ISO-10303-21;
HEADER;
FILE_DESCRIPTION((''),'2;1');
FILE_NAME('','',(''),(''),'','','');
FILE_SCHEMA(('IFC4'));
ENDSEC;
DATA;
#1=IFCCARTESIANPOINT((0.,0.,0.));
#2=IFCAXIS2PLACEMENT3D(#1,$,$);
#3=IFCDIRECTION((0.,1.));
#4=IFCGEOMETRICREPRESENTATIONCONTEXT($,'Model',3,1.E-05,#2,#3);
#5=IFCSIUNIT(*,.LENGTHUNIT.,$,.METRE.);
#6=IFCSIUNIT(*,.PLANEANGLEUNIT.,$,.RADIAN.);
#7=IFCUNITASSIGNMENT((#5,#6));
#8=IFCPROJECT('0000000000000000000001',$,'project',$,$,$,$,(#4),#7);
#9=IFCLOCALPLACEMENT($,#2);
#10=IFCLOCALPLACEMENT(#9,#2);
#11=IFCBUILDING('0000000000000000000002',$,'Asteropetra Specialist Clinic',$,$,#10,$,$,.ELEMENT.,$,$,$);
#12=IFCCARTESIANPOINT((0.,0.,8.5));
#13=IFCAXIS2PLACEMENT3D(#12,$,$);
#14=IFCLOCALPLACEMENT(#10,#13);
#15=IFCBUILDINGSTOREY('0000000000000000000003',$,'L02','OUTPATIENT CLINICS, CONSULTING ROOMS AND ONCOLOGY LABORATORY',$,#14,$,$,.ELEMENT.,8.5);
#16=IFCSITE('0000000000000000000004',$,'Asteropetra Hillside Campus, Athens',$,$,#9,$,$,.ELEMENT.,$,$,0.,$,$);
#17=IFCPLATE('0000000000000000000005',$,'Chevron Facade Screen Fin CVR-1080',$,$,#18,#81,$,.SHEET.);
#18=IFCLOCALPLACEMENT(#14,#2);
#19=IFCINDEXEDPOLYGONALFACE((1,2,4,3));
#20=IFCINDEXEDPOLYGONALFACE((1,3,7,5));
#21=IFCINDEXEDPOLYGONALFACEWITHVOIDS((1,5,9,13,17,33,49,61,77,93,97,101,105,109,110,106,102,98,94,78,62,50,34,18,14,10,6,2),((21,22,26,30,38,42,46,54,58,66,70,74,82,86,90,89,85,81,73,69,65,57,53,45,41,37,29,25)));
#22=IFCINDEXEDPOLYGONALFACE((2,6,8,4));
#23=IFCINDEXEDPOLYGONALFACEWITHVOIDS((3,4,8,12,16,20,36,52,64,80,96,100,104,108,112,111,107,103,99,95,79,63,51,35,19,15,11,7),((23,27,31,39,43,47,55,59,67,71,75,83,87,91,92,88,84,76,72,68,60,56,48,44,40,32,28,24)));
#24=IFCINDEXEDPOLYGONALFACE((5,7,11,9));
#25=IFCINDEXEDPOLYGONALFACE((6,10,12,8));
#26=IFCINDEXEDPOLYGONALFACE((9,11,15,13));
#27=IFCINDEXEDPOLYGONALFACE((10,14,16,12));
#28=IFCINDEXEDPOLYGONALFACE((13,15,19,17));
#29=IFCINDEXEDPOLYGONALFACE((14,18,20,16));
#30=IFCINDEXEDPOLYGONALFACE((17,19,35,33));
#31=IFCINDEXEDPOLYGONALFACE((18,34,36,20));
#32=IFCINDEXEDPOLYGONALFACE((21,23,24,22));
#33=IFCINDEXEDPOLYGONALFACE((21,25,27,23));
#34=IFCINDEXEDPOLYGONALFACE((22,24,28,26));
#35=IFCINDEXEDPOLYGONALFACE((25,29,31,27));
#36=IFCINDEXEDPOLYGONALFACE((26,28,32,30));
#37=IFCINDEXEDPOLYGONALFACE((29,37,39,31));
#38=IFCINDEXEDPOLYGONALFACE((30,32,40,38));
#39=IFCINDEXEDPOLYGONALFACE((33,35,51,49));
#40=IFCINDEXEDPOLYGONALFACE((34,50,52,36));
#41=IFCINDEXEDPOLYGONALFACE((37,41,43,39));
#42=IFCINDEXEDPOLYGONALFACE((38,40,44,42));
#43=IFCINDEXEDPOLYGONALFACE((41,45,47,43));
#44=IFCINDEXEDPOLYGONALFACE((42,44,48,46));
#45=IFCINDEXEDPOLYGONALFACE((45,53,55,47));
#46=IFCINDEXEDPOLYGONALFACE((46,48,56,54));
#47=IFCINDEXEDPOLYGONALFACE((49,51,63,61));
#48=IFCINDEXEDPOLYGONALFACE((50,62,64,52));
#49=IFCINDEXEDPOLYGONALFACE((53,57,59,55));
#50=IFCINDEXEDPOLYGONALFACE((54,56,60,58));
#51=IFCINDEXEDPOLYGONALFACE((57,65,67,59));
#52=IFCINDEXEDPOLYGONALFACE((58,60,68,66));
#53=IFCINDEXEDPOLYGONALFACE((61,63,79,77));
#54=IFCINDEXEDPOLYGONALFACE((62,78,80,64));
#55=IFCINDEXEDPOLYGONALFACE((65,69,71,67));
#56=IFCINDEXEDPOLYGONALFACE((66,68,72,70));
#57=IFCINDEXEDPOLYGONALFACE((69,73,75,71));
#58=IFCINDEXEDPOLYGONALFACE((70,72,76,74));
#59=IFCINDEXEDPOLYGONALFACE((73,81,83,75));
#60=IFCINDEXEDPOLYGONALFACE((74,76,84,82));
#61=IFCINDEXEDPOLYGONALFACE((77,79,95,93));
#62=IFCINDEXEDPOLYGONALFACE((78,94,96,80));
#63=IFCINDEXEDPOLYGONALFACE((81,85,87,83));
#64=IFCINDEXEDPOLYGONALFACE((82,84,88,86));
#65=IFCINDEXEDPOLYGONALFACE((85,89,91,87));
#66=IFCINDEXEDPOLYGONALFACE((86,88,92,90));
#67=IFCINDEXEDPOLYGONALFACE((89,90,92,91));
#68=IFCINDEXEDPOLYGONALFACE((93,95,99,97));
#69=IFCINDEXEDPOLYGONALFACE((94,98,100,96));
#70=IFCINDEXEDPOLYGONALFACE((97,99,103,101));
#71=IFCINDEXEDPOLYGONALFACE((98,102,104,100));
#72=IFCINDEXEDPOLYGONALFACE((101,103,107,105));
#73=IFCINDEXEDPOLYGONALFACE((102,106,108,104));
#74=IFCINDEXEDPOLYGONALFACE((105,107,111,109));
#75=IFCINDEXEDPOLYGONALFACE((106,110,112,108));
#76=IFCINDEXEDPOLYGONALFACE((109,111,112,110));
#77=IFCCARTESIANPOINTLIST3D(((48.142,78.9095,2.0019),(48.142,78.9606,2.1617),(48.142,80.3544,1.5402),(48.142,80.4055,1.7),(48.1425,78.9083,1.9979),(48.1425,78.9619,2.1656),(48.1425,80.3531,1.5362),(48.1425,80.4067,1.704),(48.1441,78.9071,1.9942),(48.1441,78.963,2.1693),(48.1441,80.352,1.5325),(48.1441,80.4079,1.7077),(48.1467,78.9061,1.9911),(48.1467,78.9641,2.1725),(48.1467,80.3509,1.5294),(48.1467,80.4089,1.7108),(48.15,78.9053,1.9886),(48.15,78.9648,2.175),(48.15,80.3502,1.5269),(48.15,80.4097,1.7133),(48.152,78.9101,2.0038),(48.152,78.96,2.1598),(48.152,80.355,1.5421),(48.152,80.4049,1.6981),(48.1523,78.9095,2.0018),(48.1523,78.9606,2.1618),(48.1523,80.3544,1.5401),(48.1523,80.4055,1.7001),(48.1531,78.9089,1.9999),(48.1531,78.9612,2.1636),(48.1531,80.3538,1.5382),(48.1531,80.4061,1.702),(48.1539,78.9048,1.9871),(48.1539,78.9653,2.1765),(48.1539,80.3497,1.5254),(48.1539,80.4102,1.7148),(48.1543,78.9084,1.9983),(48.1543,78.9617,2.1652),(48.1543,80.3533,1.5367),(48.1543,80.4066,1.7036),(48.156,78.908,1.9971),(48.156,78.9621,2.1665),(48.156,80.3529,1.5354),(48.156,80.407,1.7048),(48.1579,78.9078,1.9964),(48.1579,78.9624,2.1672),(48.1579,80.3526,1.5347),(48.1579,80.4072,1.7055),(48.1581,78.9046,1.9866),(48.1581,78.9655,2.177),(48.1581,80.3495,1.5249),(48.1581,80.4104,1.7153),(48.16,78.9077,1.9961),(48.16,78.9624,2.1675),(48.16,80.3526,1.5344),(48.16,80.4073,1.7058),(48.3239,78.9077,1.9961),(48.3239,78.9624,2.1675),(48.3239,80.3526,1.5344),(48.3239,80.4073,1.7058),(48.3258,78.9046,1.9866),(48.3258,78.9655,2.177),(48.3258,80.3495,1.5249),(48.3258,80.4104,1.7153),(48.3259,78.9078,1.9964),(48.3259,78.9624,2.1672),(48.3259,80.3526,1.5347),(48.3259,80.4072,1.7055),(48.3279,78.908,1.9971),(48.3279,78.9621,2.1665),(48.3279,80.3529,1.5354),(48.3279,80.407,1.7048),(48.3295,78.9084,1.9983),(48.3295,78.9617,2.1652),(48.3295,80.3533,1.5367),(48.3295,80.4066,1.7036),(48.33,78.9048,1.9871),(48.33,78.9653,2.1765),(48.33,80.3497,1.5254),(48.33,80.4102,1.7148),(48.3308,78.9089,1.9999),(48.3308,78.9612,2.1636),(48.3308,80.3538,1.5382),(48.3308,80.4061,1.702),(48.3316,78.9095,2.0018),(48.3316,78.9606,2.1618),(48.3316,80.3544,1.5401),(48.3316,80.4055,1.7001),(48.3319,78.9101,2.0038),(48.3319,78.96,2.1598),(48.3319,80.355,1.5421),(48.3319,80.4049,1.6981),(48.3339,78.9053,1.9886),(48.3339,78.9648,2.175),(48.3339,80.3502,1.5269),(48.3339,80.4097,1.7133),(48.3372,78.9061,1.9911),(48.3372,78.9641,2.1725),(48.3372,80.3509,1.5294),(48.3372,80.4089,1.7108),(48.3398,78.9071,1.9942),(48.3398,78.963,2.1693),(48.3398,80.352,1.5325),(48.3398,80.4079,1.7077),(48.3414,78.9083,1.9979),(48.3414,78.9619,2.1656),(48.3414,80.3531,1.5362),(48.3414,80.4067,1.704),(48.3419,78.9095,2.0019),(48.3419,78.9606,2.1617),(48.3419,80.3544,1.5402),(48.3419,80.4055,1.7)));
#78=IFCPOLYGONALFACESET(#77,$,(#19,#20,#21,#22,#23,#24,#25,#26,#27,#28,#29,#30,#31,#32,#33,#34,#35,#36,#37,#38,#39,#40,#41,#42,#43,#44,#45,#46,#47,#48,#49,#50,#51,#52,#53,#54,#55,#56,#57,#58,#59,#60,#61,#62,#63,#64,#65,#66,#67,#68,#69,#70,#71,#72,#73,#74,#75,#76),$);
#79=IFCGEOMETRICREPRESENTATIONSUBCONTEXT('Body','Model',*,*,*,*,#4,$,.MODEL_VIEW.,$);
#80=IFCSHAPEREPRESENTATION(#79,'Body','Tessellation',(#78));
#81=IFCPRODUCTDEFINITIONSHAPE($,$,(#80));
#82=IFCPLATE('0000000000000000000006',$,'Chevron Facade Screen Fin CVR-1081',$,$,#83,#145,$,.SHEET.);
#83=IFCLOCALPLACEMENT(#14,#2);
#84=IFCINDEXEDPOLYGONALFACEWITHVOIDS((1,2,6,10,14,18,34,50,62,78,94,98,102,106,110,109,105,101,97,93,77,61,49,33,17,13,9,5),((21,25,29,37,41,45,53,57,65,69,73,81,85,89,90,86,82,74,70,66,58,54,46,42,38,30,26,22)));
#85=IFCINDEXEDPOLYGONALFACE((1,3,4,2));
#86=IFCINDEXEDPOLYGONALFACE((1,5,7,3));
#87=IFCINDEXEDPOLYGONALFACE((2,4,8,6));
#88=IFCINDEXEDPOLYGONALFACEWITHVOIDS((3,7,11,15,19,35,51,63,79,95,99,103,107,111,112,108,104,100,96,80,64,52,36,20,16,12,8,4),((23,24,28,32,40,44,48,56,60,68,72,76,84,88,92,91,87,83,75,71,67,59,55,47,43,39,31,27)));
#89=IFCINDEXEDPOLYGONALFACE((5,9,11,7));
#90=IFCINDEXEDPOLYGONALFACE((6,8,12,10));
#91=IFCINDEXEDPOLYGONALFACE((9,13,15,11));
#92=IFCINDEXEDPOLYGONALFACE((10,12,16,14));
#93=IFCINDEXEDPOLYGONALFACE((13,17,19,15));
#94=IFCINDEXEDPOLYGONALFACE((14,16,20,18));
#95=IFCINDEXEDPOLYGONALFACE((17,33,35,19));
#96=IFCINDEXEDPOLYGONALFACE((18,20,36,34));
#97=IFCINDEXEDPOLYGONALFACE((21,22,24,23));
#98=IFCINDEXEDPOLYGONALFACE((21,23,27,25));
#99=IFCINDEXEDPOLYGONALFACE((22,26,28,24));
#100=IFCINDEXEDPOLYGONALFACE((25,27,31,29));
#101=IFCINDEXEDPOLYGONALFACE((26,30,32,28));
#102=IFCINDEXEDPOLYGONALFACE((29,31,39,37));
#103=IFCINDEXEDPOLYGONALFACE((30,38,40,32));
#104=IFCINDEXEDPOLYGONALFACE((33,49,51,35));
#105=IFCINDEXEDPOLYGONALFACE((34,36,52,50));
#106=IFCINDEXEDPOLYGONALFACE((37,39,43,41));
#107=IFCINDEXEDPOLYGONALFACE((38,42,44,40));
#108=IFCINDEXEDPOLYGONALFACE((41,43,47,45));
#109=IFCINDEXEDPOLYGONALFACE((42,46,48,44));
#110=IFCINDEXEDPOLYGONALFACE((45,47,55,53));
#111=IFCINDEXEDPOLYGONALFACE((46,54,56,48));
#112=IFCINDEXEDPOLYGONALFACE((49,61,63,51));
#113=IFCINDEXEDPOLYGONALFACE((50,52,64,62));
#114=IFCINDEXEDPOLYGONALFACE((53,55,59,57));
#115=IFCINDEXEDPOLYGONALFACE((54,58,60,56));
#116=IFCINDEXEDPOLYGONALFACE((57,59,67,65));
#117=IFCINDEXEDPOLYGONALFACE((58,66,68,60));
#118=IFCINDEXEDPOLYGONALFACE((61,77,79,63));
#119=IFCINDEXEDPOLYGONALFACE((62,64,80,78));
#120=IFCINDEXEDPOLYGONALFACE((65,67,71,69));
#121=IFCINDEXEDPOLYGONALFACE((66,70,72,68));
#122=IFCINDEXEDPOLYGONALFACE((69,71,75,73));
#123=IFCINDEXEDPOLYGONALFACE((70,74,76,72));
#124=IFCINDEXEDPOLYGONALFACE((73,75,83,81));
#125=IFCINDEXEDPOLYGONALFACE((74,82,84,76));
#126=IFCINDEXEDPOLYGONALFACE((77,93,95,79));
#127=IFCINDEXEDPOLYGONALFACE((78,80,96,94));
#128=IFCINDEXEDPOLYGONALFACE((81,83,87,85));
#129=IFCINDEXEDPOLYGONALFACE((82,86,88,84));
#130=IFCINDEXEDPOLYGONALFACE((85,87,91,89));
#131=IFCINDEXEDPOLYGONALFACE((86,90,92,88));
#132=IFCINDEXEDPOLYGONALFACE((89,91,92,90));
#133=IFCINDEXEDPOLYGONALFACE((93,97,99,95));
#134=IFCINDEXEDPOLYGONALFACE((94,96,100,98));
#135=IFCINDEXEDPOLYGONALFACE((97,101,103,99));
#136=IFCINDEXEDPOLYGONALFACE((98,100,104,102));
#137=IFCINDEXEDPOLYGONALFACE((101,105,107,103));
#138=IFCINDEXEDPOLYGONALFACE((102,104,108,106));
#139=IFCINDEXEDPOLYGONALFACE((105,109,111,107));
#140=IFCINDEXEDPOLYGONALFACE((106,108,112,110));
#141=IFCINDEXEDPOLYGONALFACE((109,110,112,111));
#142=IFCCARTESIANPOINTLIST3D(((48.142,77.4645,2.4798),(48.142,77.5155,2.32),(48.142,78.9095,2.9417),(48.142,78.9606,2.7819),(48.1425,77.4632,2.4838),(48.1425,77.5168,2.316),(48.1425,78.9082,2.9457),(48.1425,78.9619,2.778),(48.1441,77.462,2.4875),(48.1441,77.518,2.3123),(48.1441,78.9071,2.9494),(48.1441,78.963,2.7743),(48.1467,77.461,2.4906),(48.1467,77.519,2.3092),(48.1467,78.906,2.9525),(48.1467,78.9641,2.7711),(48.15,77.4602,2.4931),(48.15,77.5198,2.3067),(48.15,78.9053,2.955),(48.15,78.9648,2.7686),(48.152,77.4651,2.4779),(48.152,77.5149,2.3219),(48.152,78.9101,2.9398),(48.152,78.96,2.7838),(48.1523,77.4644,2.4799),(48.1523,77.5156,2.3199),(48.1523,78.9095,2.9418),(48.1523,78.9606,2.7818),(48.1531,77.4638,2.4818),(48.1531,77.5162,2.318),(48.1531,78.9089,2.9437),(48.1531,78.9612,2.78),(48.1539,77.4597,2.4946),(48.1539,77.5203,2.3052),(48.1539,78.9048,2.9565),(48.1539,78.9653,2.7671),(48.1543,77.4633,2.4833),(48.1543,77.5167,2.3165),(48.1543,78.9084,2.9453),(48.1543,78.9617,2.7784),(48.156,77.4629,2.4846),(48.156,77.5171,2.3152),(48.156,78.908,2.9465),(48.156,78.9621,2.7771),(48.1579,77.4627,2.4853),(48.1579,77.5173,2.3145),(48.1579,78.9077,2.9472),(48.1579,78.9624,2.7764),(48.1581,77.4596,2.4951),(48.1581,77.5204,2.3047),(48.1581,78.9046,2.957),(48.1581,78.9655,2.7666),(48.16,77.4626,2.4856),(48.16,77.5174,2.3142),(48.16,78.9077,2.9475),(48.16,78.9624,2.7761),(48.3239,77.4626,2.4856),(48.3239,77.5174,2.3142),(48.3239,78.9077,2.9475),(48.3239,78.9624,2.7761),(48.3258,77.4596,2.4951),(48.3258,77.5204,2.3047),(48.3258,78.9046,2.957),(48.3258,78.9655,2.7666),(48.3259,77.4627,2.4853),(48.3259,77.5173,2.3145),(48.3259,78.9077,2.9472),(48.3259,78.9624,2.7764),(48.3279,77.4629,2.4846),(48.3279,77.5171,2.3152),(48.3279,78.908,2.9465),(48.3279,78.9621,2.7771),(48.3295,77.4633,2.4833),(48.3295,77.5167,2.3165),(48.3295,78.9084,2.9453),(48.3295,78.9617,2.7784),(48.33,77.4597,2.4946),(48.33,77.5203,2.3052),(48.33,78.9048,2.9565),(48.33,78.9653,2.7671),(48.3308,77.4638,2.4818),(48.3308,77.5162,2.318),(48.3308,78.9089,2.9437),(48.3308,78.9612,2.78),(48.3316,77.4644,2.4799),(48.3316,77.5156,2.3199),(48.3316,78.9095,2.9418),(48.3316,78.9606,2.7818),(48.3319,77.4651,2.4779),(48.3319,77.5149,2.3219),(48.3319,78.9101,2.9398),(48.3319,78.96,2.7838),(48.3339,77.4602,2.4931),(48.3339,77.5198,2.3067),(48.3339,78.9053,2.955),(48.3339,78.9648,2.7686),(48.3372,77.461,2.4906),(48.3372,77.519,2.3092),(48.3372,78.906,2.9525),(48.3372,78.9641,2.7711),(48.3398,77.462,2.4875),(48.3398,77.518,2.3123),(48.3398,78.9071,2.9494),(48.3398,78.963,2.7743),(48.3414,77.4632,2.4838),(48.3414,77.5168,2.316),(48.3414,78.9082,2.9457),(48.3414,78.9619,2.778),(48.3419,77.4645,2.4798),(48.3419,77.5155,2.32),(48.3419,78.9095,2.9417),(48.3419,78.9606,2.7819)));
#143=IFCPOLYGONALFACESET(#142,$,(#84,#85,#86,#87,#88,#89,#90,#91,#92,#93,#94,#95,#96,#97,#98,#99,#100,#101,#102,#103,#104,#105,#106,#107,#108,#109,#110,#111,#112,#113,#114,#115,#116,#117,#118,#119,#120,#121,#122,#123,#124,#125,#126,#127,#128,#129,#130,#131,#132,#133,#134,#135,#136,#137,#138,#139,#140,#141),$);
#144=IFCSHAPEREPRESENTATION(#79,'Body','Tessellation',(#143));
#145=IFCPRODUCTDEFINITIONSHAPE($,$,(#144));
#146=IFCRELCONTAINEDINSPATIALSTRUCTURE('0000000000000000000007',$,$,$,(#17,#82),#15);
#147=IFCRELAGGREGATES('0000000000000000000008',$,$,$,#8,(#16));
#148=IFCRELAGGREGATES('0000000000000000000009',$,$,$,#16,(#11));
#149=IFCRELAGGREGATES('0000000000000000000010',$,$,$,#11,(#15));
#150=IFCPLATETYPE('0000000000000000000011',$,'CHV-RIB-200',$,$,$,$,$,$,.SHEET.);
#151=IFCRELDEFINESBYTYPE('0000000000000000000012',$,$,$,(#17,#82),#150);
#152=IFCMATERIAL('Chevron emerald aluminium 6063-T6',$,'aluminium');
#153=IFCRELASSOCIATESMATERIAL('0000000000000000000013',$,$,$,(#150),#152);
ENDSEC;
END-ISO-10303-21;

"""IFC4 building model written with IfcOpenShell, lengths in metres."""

from ifc_helpers import new_model, si_unit, direction, frame, origin, origin_2d, place, context, subcontext, project, spatial, hollow_rectangle, extrude, material, material_profile, profile_set, type_object, element, save


model = new_model("IFC4")

# Units and contexts
model_context = context("Model", 3, precision=1e-05, world=origin(), true_north=direction((0.0, 1.0)))
body_context = subcontext(model_context, "Body", "Model", "MODEL_VIEW")
ifc_project = project(units=[si_unit("LENGTHUNIT", "METRE"), si_unit("PLANEANGLEUNIT", "RADIAN")], contexts=[model_context])

# Site, building, storey
site_placement = place(None, origin())
site = spatial("IfcSite", under=ifc_project, at=site_placement, Name="Asteropetra Hillside Campus, Athens", CompositionType="ELEMENT", RefElevation=0.0)
building_placement = place(site_placement, origin())
building = spatial("IfcBuilding", under=site, at=building_placement, Name="Asteropetra Specialist Clinic", CompositionType="ELEMENT")
storey_placement = place(building_placement, frame((0.0, 0.0, 8.5)))
storey = spatial("IfcBuildingStorey", under=building, at=storey_placement, Name="L02", Description="OUTPATIENT CLINICS, CONSULTING ROOMS AND ONCOLOGY LABORATORY", CompositionType="ELEMENT", Elevation=8.5)

# Plates
ifc_material_1 = material(Name="Chevron emerald aluminium 6063-T6", Category="aluminium")
ifc_material_profile_1 = material_profile(ifc_material_1, hollow_rectangle(XDim=0.2, YDim=0.2, WallThickness=0.01, InnerFilletRadius=0.0081, OuterFilletRadius=0.0161, at=origin_2d()), Name="SHS 200x200x10.0")
ifc_profile_set_1 = profile_set([ifc_material_profile_1], Name="Chevron emerald aluminium 6063-T6")
plate_type_1 = type_object("IfcPlateType", Name="CHV-RIB-200", PredefinedType="SHEET", material=ifc_profile_set_1)
plate_1_placement = place(storey_placement, frame((48.2419, 78.9351, 2.0818), z_axis=(0.0, 0.952553, -0.304373), x_axis=(-1.0, 0.0, 0.0)))
element("IfcPlate", 1, at=plate_1_placement, inside=storey, type_object=plate_type_1, Name="Chevron Facade Screen Fin CVR-1080", PredefinedType="SHEET", context=body_context, shape_type="SweptSolid", body=[
    extrude(hollow_rectangle(XDim=0.2, YDim=0.2, WallThickness=0.01, InnerFilletRadius=0.0081, OuterFilletRadius=0.0161, at=origin_2d()), origin(), (0.0, 0.0, 1.0), 1.5168),
])
plate_2_placement = place(storey_placement, frame((48.2419, 77.49, 2.3999), z_axis=(0.0, 0.952521, 0.304472), x_axis=(-1.0, 0.0, 0.0)))
element("IfcPlate", 2, at=plate_2_placement, inside=storey, type_object=plate_type_1, Name="Chevron Facade Screen Fin CVR-1081", PredefinedType="SHEET", context=body_context, shape_type="SweptSolid", body=[
    extrude(hollow_rectangle(XDim=0.2, YDim=0.2, WallThickness=0.01, InnerFilletRadius=0.0081, OuterFilletRadius=0.0161, at=origin_2d()), origin(), (0.0, 0.0, 1.0), 1.5171),
])

save(model, "model.ifc")
